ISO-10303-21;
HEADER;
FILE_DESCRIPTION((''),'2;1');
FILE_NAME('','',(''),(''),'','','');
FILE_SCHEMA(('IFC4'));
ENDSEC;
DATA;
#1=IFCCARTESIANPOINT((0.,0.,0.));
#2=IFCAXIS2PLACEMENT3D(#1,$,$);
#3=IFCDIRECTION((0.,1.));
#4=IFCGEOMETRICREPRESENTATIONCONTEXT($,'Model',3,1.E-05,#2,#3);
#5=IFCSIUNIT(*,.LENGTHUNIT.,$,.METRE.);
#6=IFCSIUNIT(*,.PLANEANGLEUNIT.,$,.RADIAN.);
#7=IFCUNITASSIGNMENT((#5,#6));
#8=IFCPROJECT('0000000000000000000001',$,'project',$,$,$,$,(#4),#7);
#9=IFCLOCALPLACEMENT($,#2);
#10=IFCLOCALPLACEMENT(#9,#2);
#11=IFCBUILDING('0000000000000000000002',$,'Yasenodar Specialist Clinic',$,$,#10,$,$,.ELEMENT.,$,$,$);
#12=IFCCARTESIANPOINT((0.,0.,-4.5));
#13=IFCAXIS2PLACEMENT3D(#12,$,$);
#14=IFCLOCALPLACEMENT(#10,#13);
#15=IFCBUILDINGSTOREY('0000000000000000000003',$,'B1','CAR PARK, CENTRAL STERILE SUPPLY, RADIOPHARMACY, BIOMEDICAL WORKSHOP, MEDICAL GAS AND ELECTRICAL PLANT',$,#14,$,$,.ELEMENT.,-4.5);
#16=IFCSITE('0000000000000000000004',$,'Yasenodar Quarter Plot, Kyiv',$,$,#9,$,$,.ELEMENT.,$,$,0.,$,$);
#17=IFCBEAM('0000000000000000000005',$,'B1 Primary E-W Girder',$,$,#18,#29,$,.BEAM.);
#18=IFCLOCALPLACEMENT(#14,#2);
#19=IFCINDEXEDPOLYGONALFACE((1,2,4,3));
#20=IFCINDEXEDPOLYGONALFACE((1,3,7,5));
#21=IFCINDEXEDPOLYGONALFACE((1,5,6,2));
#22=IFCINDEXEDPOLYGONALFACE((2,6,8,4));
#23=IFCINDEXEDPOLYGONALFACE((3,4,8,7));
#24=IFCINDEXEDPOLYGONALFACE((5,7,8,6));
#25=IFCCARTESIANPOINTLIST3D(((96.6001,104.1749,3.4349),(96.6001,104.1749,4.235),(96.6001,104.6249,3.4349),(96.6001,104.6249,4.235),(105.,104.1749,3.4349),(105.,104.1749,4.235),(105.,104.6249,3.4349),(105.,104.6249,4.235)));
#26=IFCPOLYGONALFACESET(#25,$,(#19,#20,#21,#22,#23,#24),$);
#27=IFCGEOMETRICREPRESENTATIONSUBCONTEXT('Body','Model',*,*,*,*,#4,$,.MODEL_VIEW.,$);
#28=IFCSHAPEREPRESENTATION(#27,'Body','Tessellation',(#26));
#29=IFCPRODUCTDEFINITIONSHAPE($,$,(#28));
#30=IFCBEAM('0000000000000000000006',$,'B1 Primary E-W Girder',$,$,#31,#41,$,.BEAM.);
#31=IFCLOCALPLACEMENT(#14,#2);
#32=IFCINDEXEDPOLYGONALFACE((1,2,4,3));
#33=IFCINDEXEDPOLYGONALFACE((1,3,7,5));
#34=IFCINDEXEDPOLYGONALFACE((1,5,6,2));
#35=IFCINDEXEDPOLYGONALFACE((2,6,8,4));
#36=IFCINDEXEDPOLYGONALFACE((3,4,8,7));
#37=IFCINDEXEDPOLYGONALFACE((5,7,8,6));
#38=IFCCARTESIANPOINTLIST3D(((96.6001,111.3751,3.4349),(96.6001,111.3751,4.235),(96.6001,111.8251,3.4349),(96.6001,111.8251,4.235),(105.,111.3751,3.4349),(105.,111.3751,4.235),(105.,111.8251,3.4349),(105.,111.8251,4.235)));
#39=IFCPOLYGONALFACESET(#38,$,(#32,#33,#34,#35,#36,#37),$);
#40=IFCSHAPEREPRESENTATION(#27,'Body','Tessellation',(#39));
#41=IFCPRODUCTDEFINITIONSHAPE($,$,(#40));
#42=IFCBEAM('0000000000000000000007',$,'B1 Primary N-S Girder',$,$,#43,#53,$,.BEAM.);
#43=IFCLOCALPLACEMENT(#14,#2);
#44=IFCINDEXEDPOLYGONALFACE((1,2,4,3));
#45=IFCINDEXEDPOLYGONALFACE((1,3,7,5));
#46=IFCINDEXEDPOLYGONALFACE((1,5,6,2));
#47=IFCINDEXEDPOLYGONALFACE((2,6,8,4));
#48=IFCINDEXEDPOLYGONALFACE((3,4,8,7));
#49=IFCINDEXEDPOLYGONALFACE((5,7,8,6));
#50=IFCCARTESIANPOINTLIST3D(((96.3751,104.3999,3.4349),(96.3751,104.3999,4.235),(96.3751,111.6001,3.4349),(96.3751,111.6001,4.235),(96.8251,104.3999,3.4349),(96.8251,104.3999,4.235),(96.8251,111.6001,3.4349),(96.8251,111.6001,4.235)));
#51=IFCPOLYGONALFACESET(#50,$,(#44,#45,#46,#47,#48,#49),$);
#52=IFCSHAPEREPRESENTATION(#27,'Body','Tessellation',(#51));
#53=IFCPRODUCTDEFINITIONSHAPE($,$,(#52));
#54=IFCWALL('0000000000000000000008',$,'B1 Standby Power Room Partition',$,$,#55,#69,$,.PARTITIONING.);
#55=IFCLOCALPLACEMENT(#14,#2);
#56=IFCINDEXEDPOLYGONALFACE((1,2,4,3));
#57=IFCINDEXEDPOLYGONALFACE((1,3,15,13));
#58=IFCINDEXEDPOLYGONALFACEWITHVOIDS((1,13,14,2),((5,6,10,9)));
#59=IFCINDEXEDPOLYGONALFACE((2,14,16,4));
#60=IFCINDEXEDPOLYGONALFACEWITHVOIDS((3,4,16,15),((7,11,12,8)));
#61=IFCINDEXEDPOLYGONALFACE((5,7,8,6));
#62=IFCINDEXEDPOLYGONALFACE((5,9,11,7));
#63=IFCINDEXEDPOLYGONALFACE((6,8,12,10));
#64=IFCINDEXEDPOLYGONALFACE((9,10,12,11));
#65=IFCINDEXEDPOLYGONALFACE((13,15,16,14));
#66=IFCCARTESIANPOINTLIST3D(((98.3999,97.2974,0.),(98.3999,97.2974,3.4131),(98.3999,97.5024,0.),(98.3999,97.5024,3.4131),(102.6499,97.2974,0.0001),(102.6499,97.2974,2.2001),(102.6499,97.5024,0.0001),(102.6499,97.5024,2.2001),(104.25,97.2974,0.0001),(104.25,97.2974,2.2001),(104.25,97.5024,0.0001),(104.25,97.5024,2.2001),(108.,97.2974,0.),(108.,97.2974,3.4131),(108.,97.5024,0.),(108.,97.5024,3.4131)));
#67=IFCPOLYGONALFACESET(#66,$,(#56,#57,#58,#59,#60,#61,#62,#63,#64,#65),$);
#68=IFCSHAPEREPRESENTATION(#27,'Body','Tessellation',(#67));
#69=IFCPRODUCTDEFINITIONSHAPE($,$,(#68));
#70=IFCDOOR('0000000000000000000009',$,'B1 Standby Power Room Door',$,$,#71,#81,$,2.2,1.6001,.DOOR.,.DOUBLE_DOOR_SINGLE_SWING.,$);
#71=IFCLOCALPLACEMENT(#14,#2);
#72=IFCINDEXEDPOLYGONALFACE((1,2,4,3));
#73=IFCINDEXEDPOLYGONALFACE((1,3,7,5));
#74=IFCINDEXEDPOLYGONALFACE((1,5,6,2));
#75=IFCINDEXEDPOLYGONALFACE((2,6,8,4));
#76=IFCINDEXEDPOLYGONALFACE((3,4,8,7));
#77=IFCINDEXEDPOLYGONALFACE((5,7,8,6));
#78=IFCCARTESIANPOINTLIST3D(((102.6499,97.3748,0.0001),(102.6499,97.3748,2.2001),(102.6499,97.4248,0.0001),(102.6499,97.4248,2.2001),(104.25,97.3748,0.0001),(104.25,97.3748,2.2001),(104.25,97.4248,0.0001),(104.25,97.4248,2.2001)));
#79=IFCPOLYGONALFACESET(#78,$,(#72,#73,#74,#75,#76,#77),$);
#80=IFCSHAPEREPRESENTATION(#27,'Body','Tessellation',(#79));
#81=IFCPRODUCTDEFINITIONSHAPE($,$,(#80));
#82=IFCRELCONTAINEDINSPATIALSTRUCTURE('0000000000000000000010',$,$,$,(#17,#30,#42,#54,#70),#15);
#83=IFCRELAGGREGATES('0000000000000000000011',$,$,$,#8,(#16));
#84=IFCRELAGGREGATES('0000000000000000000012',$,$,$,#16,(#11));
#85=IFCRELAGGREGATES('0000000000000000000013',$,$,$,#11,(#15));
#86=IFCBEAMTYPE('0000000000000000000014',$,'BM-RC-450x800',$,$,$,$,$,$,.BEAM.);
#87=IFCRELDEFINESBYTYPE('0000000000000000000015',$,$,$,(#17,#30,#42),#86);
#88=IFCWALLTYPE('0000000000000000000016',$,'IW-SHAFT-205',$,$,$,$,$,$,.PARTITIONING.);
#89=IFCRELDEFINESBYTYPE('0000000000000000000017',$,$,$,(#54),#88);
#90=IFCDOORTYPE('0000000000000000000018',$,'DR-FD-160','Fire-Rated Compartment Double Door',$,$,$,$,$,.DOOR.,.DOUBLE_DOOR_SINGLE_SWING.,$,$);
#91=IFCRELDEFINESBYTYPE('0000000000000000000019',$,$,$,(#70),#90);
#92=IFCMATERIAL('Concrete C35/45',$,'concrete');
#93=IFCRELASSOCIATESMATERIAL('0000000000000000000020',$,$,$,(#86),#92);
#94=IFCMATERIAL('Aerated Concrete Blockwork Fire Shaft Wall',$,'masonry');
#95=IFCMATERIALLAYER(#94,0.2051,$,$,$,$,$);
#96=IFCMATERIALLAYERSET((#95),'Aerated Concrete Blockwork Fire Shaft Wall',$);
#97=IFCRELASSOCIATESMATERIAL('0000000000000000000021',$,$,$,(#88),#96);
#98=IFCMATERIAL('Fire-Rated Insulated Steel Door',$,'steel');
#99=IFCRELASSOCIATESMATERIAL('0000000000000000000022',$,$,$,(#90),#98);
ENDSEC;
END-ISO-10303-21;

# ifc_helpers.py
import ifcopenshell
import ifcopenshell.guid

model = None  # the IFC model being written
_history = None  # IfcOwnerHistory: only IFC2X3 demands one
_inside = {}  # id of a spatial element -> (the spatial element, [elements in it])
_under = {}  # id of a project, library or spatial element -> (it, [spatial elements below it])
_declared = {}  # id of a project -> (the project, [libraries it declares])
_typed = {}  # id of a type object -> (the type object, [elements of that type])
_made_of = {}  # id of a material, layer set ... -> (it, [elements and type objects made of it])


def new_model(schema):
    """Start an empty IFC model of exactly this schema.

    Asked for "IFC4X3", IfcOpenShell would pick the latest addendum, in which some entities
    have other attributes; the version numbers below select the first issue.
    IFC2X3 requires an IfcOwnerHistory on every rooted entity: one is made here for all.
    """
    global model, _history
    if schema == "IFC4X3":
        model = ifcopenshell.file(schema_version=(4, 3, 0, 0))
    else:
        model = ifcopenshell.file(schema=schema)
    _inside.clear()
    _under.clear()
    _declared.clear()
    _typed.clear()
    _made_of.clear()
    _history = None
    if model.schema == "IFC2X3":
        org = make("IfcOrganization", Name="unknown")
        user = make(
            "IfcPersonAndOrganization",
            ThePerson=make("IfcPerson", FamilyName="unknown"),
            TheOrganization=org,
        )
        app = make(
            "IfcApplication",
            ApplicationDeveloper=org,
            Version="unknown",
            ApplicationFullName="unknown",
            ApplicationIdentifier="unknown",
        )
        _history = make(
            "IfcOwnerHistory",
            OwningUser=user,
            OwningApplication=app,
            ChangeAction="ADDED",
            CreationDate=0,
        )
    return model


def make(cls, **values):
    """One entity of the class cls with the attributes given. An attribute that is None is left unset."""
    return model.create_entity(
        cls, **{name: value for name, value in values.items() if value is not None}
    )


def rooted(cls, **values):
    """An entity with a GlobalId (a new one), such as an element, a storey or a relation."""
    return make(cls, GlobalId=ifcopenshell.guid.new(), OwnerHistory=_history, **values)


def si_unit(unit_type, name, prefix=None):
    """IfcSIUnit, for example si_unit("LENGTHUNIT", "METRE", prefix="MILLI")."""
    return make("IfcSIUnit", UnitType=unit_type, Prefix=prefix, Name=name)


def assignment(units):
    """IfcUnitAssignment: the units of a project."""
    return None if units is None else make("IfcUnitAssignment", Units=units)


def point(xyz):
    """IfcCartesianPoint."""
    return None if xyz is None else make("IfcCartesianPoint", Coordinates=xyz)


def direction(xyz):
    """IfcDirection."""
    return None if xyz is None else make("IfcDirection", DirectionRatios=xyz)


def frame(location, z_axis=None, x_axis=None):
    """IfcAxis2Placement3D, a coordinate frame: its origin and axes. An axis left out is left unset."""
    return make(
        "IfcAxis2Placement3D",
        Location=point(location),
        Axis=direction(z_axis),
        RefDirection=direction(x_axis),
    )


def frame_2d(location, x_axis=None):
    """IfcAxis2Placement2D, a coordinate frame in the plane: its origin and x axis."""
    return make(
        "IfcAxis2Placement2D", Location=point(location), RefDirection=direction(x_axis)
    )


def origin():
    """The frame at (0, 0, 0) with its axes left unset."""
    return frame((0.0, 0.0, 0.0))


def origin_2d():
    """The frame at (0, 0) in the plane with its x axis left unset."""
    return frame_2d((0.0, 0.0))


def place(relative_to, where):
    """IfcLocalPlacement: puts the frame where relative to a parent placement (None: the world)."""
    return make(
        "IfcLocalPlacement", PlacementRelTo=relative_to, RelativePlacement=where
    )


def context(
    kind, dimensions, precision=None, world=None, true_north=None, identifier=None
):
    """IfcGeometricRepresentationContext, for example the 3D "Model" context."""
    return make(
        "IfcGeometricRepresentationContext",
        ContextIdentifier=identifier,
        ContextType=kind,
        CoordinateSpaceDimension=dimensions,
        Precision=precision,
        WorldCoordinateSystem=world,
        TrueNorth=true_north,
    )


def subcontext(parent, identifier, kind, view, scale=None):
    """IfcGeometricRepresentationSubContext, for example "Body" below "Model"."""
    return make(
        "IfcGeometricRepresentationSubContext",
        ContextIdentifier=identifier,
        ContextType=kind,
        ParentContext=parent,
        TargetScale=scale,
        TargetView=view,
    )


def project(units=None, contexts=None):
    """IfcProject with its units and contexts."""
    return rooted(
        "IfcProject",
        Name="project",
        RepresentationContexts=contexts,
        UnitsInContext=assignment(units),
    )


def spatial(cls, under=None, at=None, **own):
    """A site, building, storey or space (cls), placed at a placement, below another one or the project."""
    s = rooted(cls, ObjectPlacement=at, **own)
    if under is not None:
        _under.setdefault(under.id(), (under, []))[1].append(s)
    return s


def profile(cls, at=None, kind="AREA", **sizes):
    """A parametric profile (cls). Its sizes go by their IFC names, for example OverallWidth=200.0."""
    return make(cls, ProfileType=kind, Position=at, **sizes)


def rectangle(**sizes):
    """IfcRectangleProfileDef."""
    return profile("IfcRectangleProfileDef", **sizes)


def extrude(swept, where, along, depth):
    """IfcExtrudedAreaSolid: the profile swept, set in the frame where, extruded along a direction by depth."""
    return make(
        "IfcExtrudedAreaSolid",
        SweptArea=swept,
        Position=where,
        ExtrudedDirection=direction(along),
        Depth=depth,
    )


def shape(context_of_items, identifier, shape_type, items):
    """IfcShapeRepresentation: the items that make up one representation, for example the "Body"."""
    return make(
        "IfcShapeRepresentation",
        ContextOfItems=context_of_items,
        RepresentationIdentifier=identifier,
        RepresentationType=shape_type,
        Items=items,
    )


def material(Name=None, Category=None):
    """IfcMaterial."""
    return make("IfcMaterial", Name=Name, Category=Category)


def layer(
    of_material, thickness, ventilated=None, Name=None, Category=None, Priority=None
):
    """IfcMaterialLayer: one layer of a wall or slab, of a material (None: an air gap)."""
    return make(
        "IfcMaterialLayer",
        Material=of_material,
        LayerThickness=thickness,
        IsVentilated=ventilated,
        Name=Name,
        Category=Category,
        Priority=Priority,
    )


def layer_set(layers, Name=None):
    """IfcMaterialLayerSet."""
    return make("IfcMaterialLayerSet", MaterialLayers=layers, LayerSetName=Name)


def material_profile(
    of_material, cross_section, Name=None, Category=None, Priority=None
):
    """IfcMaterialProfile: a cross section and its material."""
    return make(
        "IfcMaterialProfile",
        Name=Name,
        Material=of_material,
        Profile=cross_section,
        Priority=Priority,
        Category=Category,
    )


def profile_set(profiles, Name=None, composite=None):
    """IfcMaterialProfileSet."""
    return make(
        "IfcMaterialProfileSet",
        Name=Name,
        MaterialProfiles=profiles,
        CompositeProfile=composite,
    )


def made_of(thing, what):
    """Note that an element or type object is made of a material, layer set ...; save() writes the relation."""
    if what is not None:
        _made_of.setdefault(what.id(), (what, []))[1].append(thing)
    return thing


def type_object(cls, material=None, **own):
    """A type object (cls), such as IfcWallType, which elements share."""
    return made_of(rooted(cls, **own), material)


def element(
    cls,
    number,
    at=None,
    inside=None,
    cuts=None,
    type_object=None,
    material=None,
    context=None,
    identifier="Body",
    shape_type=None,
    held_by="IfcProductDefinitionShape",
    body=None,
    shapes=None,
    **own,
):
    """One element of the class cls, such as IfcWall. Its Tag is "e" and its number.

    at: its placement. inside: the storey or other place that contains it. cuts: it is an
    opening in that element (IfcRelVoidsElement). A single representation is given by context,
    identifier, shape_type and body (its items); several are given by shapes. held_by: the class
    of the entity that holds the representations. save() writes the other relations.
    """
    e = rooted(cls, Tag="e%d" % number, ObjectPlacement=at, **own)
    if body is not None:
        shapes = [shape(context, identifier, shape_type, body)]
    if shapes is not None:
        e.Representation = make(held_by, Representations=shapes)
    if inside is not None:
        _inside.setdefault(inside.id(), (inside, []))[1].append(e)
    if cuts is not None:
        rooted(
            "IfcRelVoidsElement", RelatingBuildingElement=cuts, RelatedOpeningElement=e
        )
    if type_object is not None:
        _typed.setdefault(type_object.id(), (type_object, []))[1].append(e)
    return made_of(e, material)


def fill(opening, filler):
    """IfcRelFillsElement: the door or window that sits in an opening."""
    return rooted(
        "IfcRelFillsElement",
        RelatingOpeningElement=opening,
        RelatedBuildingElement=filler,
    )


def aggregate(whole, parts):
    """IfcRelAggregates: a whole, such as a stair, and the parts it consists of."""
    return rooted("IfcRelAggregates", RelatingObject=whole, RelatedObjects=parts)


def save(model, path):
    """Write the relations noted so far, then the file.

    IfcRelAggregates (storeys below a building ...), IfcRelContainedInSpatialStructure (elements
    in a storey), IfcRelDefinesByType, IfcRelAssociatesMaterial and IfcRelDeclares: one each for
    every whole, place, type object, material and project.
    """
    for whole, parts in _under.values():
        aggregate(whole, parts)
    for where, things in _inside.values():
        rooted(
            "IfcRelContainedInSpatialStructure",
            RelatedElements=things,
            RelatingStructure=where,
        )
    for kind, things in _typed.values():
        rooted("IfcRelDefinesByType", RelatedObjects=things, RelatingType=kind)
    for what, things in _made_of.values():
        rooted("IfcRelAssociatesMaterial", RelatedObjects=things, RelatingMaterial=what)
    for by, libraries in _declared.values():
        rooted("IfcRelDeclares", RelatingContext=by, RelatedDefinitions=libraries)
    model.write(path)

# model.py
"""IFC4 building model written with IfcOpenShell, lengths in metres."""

from ifc_helpers import new_model, si_unit, direction, frame, frame_2d, origin, origin_2d, place, context, subcontext, project, spatial, rectangle, extrude, material, layer, layer_set, material_profile, profile_set, type_object, element, fill, save


model = new_model("IFC4")

# Units and contexts
model_context = context("Model", 3, precision=1e-05, world=origin(), true_north=direction((0.0, 1.0)))
body_context = subcontext(model_context, "Body", "Model", "MODEL_VIEW")
ifc_project = project(units=[si_unit("LENGTHUNIT", "METRE"), si_unit("PLANEANGLEUNIT", "RADIAN")], contexts=[model_context])

# Site, building, storey
site_placement = place(None, origin())
site = spatial("IfcSite", under=ifc_project, at=site_placement, Name="Yasenodar Quarter Plot, Kyiv", CompositionType="ELEMENT", RefElevation=0.0)
building_placement = place(site_placement, origin())
building = spatial("IfcBuilding", under=site, at=building_placement, Name="Yasenodar Specialist Clinic", CompositionType="ELEMENT")
storey_placement = place(building_placement, frame((0.0, 0.0, -4.5)))
storey = spatial("IfcBuildingStorey", under=building, at=storey_placement, Name="B1", Description="CAR PARK, CENTRAL STERILE SUPPLY, RADIOPHARMACY, BIOMEDICAL WORKSHOP, MEDICAL GAS AND ELECTRICAL PLANT", CompositionType="ELEMENT", Elevation=-4.5)

# Shared definitions
ifc_material_1 = material(Name="Concrete C35/45", Category="concrete")

# Beams
ifc_material_profile_1 = material_profile(ifc_material_1, rectangle(XDim=0.45, YDim=0.8, at=origin_2d()), Name="RC 450x800")
ifc_profile_set_1 = profile_set([ifc_material_profile_1], Name="Concrete C35/45")
beam_type_1 = type_object("IfcBeamType", Name="BM-RC-450x800", PredefinedType="BEAM", material=ifc_profile_set_1)
for number, where, z_axis, x_axis, name in (
    (1, (96.6001, 104.3999, 3.835), (1.0, 0.0, 0.0), (0.0, 1.0, 0.0), "B1 Primary E-W Girder"),
    (2, (96.6001, 111.6001, 3.835), (1.0, 0.0, 0.0), (0.0, 1.0, 0.0), "B1 Primary E-W Girder"),
):
    element("IfcBeam", number, at=place(storey_placement, frame(where, z_axis=z_axis, x_axis=x_axis)), inside=storey, type_object=beam_type_1, Name=name, PredefinedType="BEAM", context=body_context, shape_type="SweptSolid", body=[
        extrude(rectangle(XDim=0.45, YDim=0.8, at=origin_2d()), origin(), (0.0, 0.0, 1.0), 8.3999),
    ])
beam_1_placement = place(storey_placement, frame((96.6001, 104.3999, 3.835), z_axis=(0.0, 1.0, 0.0), x_axis=(-1.0, 0.0, 0.0)))
element("IfcBeam", 3, at=beam_1_placement, inside=storey, type_object=beam_type_1, Name="B1 Primary N-S Girder", PredefinedType="BEAM", context=body_context, shape_type="SweptSolid", body=[
    extrude(rectangle(XDim=0.45, YDim=0.8, at=origin_2d()), origin(), (0.0, 0.0, 1.0), 7.2002),
])

# Wall, opening, door
ifc_material_2 = material(Name="Aerated Concrete Blockwork Fire Shaft Wall", Category="masonry")
ifc_layer = layer(ifc_material_2, 0.2051)
ifc_layer_set = layer_set([ifc_layer], Name="Aerated Concrete Blockwork Fire Shaft Wall")
wall_type = type_object("IfcWallType", Name="IW-SHAFT-205", PredefinedType="PARTITIONING", material=ifc_layer_set)
wall_placement = place(storey_placement, frame((98.3999, 97.3999, 0.0), z_axis=(0.0, 0.0, 1.0), x_axis=(1.0, 0.0, 0.0)))
wall = element("IfcWall", 4, at=wall_placement, inside=storey, type_object=wall_type, Name="B1 Standby Power Room Partition", PredefinedType="PARTITIONING", context=body_context, shape_type="SweptSolid", body=[
    extrude(rectangle(XDim=9.6001, YDim=0.2051, at=frame_2d((4.8, 0.0))), origin(), (0.0, 0.0, 1.0), 3.4131),
])
opening_placement = place(wall_placement, frame((4.25, 0.0, 0.0)))
opening = element("IfcOpeningElement", 5, at=opening_placement, cuts=wall, PredefinedType="OPENING", context=body_context, shape_type="SweptSolid", body=[
    extrude(rectangle(XDim=1.6001, YDim=2.2, at=frame_2d((0.8, 1.1001))), frame((0.0, 0.1125, 0.0), z_axis=(0.0, -1.0, 0.0), x_axis=(1.0, 0.0, 0.0)), (0.0, 0.0, 1.0), 0.2251),
])
ifc_material_3 = material(Name="Fire-Rated Insulated Steel Door", Category="steel")
door_type = type_object("IfcDoorType", Name="DR-FD-160", Description="Fire-Rated Compartment Double Door", OperationType="DOUBLE_DOOR_SINGLE_SWING", PredefinedType="DOOR", material=ifc_material_3)
door_placement = place(opening_placement, origin())
door = element("IfcDoor", 6, at=door_placement, inside=storey, type_object=door_type, Name="B1 Standby Power Room Door", OperationType="DOUBLE_DOOR_SINGLE_SWING", OverallHeight=2.2, OverallWidth=1.6001, PredefinedType="DOOR", context=body_context, shape_type="SweptSolid", body=[
    extrude(rectangle(XDim=1.6001, YDim=2.2, at=frame_2d((0.8, 1.1001))), frame((0.0, 0.0249, 0.0), z_axis=(0.0, -1.0, 0.0), x_axis=(1.0, 0.0, 0.0)), (0.0, 0.0, 1.0), 0.05),
])
fill(opening, door)

save(model, "model.ifc")
